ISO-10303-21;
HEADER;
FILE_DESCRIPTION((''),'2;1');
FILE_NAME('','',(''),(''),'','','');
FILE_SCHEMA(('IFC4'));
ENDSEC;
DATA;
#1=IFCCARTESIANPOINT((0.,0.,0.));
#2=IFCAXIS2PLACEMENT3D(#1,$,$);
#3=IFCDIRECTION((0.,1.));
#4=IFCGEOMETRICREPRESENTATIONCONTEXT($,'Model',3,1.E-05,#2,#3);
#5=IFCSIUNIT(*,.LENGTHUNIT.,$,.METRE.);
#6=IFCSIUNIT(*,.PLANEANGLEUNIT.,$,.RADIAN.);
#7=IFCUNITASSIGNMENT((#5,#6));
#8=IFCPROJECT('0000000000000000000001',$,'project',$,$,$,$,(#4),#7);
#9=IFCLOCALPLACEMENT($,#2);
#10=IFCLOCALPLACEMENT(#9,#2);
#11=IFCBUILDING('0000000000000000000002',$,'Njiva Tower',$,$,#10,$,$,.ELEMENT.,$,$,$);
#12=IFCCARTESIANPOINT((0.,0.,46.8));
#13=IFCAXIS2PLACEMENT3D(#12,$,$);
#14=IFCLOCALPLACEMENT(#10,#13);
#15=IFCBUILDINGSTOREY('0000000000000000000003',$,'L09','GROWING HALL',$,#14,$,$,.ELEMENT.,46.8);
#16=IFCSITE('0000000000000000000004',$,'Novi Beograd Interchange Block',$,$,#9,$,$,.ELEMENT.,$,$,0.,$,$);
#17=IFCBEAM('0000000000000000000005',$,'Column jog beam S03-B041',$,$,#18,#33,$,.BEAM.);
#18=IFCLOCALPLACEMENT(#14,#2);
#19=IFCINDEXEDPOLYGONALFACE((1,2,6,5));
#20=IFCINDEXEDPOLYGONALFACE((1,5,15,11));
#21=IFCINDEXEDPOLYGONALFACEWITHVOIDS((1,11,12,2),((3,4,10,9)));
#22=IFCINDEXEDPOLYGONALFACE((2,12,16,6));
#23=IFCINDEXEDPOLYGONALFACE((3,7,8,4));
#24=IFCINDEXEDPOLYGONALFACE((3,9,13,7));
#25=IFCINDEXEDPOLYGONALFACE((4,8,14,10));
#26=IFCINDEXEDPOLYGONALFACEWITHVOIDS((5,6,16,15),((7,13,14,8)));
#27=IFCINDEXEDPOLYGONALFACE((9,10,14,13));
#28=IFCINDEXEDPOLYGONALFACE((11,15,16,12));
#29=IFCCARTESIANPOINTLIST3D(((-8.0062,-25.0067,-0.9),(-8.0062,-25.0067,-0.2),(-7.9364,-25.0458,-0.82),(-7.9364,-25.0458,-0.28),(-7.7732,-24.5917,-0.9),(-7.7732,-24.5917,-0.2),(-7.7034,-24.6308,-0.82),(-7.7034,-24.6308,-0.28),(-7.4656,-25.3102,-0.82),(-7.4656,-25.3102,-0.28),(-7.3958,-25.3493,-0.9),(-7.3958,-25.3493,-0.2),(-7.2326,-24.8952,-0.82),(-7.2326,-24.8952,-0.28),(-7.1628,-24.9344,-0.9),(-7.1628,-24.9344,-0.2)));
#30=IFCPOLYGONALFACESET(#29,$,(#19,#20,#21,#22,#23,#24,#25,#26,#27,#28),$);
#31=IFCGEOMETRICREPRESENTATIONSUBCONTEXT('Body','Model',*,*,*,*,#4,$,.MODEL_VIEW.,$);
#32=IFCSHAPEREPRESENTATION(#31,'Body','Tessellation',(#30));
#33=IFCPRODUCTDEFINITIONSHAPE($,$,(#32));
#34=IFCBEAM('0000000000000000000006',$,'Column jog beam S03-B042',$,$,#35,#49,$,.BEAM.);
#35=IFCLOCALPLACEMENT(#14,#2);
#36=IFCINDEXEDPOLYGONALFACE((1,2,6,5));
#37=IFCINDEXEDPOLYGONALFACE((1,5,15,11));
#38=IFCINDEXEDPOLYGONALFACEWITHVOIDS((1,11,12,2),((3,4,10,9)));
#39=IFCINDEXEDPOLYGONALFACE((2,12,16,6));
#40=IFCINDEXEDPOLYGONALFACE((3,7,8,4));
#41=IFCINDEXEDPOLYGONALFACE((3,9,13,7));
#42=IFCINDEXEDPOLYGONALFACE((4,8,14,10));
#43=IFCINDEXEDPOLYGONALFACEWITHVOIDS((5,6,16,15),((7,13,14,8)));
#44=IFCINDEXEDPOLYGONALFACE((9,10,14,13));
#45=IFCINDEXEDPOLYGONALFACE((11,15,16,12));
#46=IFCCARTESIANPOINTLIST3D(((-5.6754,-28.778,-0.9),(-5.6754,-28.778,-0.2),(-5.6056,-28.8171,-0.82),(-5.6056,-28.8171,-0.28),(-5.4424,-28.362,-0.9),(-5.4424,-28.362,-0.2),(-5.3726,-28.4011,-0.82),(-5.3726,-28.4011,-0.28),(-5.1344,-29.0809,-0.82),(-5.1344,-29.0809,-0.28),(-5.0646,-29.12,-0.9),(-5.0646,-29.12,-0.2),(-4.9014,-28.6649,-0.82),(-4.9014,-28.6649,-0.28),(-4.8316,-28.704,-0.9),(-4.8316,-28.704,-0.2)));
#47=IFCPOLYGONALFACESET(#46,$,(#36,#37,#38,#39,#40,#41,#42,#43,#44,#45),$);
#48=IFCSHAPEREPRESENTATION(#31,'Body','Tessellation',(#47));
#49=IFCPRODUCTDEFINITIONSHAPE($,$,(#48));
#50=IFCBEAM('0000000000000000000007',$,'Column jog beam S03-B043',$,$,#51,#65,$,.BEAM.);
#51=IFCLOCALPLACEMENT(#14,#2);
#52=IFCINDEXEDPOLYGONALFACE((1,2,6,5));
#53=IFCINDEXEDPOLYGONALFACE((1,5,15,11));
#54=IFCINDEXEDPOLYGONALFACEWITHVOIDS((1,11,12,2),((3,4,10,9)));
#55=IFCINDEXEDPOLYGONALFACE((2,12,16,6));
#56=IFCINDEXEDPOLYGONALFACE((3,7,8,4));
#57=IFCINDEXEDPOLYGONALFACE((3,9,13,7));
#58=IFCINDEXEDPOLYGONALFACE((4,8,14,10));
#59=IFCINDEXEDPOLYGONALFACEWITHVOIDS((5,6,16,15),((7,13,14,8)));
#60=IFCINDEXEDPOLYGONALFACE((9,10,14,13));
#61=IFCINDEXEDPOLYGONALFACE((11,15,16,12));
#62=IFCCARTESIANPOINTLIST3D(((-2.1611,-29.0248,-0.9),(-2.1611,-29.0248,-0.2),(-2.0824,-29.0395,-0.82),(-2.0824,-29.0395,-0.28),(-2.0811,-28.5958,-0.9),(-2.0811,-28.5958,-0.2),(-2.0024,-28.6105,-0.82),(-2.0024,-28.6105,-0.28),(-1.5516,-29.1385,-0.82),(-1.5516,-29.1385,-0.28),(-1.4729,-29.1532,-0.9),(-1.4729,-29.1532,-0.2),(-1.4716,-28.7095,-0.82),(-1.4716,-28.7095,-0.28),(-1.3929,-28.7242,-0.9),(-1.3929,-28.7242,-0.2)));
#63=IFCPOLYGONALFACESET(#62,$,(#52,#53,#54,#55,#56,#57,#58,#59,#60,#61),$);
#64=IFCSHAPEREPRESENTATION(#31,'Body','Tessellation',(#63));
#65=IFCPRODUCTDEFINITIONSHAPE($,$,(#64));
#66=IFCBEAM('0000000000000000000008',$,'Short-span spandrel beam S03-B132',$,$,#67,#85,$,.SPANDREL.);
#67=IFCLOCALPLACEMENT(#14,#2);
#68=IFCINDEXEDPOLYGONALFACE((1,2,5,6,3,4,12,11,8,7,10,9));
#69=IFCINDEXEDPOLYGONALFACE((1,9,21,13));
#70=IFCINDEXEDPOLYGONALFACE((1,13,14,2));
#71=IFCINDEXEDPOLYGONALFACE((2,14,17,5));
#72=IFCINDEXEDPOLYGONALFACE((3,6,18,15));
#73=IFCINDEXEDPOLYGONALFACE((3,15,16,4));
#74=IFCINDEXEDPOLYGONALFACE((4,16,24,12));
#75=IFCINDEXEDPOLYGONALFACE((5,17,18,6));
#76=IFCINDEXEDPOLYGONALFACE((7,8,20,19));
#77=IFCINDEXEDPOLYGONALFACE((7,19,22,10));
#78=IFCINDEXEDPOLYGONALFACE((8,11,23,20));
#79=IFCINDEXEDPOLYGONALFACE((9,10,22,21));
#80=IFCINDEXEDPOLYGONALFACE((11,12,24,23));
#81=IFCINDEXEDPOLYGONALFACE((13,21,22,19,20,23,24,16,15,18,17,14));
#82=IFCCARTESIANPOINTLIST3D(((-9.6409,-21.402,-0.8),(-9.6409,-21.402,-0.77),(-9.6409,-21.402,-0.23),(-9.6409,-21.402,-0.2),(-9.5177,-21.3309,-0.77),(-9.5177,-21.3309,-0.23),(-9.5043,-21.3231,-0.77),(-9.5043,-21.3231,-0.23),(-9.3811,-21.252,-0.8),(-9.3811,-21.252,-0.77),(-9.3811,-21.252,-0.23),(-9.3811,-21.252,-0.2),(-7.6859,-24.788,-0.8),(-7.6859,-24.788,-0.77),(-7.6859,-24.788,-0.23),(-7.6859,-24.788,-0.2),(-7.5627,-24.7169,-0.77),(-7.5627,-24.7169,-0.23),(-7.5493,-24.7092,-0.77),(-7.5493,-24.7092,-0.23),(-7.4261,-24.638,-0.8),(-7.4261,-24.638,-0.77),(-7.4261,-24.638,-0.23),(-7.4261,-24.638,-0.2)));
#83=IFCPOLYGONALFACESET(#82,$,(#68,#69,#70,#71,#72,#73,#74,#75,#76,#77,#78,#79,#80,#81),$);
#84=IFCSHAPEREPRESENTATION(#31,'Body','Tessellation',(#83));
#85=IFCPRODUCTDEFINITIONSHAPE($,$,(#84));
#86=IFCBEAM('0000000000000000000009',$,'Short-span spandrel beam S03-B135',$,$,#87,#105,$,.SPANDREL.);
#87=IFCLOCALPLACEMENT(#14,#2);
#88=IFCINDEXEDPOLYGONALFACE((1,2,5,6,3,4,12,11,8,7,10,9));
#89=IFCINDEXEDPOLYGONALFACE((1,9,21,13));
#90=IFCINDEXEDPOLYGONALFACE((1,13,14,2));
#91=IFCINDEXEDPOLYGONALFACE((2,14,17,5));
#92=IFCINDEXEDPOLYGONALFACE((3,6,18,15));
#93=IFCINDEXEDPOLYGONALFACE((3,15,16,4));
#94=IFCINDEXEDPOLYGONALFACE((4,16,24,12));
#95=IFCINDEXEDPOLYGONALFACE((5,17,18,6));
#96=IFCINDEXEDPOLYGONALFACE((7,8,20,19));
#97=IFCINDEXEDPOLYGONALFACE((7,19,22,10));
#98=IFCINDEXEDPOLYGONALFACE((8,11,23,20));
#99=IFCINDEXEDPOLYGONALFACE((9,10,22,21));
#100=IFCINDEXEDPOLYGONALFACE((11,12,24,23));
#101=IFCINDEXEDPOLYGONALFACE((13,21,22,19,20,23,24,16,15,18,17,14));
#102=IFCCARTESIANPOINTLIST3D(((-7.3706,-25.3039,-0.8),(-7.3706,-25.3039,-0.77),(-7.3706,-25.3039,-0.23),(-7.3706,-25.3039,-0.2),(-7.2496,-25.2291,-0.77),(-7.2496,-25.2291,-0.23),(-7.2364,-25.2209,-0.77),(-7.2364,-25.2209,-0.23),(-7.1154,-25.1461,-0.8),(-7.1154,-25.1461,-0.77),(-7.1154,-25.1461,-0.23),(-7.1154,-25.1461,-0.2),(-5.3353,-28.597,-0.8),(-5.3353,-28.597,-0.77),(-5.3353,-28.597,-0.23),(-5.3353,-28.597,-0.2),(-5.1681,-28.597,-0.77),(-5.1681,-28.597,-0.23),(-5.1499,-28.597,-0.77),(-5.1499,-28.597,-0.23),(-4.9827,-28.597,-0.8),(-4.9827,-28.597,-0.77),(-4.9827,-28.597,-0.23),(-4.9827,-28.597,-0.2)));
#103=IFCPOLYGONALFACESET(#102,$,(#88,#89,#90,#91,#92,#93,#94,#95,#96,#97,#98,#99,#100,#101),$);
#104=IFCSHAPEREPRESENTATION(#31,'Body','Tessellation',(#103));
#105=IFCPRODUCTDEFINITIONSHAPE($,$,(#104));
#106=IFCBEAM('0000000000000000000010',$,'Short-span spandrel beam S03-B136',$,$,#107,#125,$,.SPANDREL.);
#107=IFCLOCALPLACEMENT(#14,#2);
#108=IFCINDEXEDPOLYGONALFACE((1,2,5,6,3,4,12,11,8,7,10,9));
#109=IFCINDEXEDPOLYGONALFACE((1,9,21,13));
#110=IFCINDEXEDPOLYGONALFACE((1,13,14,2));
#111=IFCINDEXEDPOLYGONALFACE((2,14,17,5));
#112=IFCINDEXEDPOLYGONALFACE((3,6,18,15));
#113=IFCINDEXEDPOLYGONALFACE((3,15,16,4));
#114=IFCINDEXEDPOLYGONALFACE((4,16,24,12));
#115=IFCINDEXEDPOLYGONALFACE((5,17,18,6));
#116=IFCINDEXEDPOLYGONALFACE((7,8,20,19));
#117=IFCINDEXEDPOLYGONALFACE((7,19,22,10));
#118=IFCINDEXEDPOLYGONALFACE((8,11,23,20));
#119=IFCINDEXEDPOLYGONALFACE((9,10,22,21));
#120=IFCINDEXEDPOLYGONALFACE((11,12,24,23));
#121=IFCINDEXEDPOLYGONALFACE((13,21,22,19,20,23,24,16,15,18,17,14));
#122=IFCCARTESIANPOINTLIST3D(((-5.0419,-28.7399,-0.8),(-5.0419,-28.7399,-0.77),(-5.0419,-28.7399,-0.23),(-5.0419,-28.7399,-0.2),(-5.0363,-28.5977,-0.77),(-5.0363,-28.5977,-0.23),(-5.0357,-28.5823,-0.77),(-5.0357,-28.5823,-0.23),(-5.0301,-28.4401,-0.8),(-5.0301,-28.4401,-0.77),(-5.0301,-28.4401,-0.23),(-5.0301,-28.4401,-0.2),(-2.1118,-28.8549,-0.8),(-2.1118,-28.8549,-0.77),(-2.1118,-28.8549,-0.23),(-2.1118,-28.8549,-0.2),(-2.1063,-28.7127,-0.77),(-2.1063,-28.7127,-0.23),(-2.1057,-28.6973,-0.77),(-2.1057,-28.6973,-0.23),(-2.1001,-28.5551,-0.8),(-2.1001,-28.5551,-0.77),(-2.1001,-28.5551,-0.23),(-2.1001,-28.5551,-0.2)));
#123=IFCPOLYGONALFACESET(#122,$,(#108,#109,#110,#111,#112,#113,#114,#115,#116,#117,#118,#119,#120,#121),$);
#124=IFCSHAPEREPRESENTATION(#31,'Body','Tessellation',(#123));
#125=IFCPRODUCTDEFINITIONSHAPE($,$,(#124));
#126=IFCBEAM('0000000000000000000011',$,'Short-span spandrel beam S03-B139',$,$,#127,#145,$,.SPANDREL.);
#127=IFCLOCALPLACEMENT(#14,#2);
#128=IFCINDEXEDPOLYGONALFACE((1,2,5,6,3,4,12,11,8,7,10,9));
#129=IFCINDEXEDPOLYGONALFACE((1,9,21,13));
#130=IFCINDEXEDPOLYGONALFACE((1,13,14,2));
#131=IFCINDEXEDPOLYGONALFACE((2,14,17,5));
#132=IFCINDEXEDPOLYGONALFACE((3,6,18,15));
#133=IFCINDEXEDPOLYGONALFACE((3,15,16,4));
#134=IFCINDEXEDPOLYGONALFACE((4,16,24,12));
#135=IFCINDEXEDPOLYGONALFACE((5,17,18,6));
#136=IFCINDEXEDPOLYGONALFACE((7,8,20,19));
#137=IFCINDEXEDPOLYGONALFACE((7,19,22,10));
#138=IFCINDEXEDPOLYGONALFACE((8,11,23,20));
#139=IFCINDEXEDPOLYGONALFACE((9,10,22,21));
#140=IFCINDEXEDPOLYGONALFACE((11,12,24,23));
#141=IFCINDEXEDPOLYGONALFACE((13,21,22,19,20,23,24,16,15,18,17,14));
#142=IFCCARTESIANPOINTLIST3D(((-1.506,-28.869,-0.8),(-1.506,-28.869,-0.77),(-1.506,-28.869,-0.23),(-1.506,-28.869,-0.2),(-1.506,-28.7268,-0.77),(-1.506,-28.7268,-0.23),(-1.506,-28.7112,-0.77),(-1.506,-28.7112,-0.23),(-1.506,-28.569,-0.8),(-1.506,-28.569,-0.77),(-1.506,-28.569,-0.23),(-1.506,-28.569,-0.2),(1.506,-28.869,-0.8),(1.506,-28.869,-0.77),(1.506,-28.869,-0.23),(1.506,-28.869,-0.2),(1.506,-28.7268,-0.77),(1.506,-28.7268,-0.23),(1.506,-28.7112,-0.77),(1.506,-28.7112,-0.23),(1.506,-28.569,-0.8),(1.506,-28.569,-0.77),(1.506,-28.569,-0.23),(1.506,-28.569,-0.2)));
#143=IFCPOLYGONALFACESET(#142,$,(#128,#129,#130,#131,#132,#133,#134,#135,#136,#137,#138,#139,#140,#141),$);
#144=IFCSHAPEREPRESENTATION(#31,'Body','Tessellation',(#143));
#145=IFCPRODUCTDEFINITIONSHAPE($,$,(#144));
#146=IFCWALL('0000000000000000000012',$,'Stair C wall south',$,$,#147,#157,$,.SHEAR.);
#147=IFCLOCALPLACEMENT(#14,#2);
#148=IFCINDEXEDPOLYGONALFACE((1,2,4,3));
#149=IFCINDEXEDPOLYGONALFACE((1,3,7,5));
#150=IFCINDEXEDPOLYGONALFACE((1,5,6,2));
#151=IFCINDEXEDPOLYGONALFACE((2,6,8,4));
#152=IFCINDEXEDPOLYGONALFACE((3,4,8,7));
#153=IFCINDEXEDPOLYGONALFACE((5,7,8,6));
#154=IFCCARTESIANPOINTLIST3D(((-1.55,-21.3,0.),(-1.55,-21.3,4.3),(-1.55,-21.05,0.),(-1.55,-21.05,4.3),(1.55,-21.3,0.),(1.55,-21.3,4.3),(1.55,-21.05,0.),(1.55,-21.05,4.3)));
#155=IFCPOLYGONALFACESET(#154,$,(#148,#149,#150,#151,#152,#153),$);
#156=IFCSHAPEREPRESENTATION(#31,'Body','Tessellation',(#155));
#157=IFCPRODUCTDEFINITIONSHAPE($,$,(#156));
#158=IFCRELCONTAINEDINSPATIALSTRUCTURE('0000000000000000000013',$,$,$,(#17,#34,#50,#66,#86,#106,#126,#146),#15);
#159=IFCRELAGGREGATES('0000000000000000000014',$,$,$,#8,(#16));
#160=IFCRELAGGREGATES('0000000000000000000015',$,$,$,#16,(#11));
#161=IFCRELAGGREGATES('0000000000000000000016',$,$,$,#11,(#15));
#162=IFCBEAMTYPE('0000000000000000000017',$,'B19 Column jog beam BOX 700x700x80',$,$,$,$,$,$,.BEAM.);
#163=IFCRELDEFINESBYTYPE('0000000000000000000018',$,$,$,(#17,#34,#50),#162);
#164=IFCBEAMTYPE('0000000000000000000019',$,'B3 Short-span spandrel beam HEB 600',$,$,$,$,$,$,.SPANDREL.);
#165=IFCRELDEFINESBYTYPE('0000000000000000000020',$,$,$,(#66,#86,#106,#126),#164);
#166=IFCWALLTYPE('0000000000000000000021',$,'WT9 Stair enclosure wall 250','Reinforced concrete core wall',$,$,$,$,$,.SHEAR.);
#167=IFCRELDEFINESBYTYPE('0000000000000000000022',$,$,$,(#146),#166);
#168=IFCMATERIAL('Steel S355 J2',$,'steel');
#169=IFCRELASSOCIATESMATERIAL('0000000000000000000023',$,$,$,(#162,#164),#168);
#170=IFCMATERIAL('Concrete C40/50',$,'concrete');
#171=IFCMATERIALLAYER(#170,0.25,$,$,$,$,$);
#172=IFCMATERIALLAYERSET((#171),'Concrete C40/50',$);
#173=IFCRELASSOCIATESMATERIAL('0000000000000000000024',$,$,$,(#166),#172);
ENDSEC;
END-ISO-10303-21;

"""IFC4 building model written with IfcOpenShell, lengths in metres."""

from ifc_helpers import new_model, si_unit, direction, frame, frame_2d, origin, origin_2d, place, context, subcontext, project, spatial, rectangle, hollow_rectangle, i_section, extrude, clip, halfspace, material, layer, layer_set, material_profile, profile_set, type_object, element, save


model = new_model("IFC4")

# Units and contexts
model_context = context("Model", 3, precision=1e-05, world=origin(), true_north=direction((0.0, 1.0)))
body_context = subcontext(model_context, "Body", "Model", "MODEL_VIEW")
ifc_project = project(units=[si_unit("LENGTHUNIT", "METRE"), si_unit("PLANEANGLEUNIT", "RADIAN")], contexts=[model_context])

# Site, building, storey
site_placement = place(None, origin())
site = spatial("IfcSite", under=ifc_project, at=site_placement, Name="Novi Beograd Interchange Block", CompositionType="ELEMENT", RefElevation=0.0)
building_placement = place(site_placement, origin())
building = spatial("IfcBuilding", under=site, at=building_placement, Name="Njiva Tower", CompositionType="ELEMENT")
storey_placement = place(building_placement, frame((0.0, 0.0, 46.8)))
storey = spatial("IfcBuildingStorey", under=building, at=storey_placement, Name="L09", Description="GROWING HALL", CompositionType="ELEMENT", Elevation=46.8)

# Shared definitions
ifc_material_1 = material(Name="Steel S355 J2", Category="steel")

# Beams
ifc_material_profile_1 = material_profile(ifc_material_1, hollow_rectangle(XDim=0.7, YDim=0.7, WallThickness=0.08, at=origin_2d()), Name="BOX 700x700x80")
ifc_profile_set_1 = profile_set([ifc_material_profile_1], Name="Steel S355 J2")
beam_type_1 = type_object("IfcBeamType", Name="B19 Column jog beam BOX 700x700x80", PredefinedType="BEAM", material=ifc_profile_set_1)
beam_1_placement = place(storey_placement, frame((-7.701, -25.178, -0.55), z_axis=(0.489563, 0.871968, 0.0), x_axis=(-0.871968, 0.489563, 0.0)))
element("IfcBeam", 1, at=beam_1_placement, inside=storey, type_object=beam_type_1, Name="Column jog beam S03-B041", PredefinedType="BEAM", context=body_context, shape_type="SweptSolid", body=[
    extrude(hollow_rectangle(XDim=0.7, YDim=0.7, WallThickness=0.08, at=origin_2d()), origin(), (0.0, 0.0, 1.0), 0.4759),
])
beam_2_placement = place(storey_placement, frame((-5.37, -28.949, -0.55), z_axis=(0.488667, 0.87247, 0.0), x_axis=(-0.87247, 0.488667, 0.0)))
element("IfcBeam", 2, at=beam_2_placement, inside=storey, type_object=beam_type_1, Name="Column jog beam S03-B042", PredefinedType="BEAM", context=body_context, shape_type="SweptSolid", body=[
    extrude(hollow_rectangle(XDim=0.7, YDim=0.7, WallThickness=0.08, at=origin_2d()), origin(), (0.0, 0.0, 1.0), 0.4768),
])
beam_3_placement = place(storey_placement, frame((-1.817, -29.089, -0.55), z_axis=(0.18332, 0.983053, 0.0), x_axis=(-0.983053, 0.18332, 0.0)))
element("IfcBeam", 3, at=beam_3_placement, inside=storey, type_object=beam_type_1, Name="Column jog beam S03-B043", PredefinedType="BEAM", context=body_context, shape_type="SweptSolid", body=[
    extrude(hollow_rectangle(XDim=0.7, YDim=0.7, WallThickness=0.08, at=origin_2d()), origin(), (0.0, 0.0, 1.0), 0.4364),
])
ifc_material_profile_2 = material_profile(ifc_material_1, i_section(OverallWidth=0.3, OverallDepth=0.6, WebThickness=0.0155, FlangeThickness=0.03, at=origin_2d()), Name="HEB 600")
ifc_profile_set_2 = profile_set([ifc_material_profile_2], Name="Steel S355 J2")
beam_type_2 = type_object("IfcBeamType", Name="B3 Short-span spandrel beam HEB 600", PredefinedType="SPANDREL", material=ifc_profile_set_2)
beam_4_placement = place(storey_placement, frame((-9.511, -21.327, -0.5), z_axis=(0.500018, -0.866015, 0.0), x_axis=(0.866015, 0.500018, 0.0)))
element("IfcBeam", 4, at=beam_4_placement, inside=storey, type_object=beam_type_2, Name="Short-span spandrel beam S03-B132", PredefinedType="SPANDREL", context=body_context, shape_type="SweptSolid", body=[
    extrude(i_section(OverallWidth=0.3, OverallDepth=0.6, WebThickness=0.0155, FlangeThickness=0.03, at=origin_2d()), origin(), (0.0, 0.0, 1.0), 3.9099),
])
beam_5_placement = place(storey_placement, frame((-7.243, -25.225, -0.5), z_axis=(0.525729, -0.850652, 0.0), x_axis=(0.850652, 0.525729, 0.0)))
element("IfcBeam", 5, at=beam_5_placement, inside=storey, type_object=beam_type_2, Name="Short-span spandrel beam S03-B135", PredefinedType="SPANDREL", context=body_context, shape_type="Clipping", body=[
    clip(extrude(i_section(OverallWidth=0.3, OverallDepth=0.6, WebThickness=0.0155, FlangeThickness=0.03, at=origin_2d()), origin(), (0.0, 0.0, 1.0), 4.077), halfspace(frame((-0.0264, 0.0, 3.9477), z_axis=(-0.525729, 0.0, 0.850652), x_axis=(0.0, 1.0, 0.0)), False)),
])
beam_6_placement = place(storey_placement, frame((-5.036, -28.59, -0.5), z_axis=(0.999231, -0.039219, 0.0), x_axis=(0.039219, 0.999231, 0.0)))
element("IfcBeam", 6, at=beam_6_placement, inside=storey, type_object=beam_type_2, Name="Short-span spandrel beam S03-B136", PredefinedType="SPANDREL", context=body_context, shape_type="SweptSolid", body=[
    extrude(i_section(OverallWidth=0.3, OverallDepth=0.6, WebThickness=0.0155, FlangeThickness=0.03, at=origin_2d()), origin(), (0.0, 0.0, 1.0), 2.9323),
])
beam_7_placement = place(storey_placement, frame((-1.506, -28.719, -0.5), z_axis=(1.0, 0.0, 0.0), x_axis=(0.0, 1.0, 0.0)))
element("IfcBeam", 7, at=beam_7_placement, inside=storey, type_object=beam_type_2, Name="Short-span spandrel beam S03-B139", PredefinedType="SPANDREL", context=body_context, shape_type="SweptSolid", body=[
    extrude(i_section(OverallWidth=0.3, OverallDepth=0.6, WebThickness=0.0155, FlangeThickness=0.03, at=origin_2d()), origin(), (0.0, 0.0, 1.0), 3.012),
])

# Wall
ifc_material_2 = material(Name="Concrete C40/50", Category="concrete")
ifc_layer_1 = layer(ifc_material_2, 0.25)
ifc_layer_set_1 = layer_set([ifc_layer_1], Name="Concrete C40/50")
wall_type_1 = type_object("IfcWallType", Name="WT9 Stair enclosure wall 250", Description="Reinforced concrete core wall", PredefinedType="SHEAR", material=ifc_layer_set_1)
wall_1_placement = place(storey_placement, frame((-1.55, -21.175, 0.0), z_axis=(0.0, 0.0, 1.0), x_axis=(1.0, 0.0, 0.0)))
element("IfcWall", 8, at=wall_1_placement, inside=storey, type_object=wall_type_1, Name="Stair C wall south", PredefinedType="SHEAR", context=body_context, shape_type="SweptSolid", body=[
    extrude(rectangle(XDim=3.1, YDim=0.25, at=frame_2d((1.55, 0.0))), origin(), (0.0, 0.0, 1.0), 4.3),
])

save(model, "model.ifc")
